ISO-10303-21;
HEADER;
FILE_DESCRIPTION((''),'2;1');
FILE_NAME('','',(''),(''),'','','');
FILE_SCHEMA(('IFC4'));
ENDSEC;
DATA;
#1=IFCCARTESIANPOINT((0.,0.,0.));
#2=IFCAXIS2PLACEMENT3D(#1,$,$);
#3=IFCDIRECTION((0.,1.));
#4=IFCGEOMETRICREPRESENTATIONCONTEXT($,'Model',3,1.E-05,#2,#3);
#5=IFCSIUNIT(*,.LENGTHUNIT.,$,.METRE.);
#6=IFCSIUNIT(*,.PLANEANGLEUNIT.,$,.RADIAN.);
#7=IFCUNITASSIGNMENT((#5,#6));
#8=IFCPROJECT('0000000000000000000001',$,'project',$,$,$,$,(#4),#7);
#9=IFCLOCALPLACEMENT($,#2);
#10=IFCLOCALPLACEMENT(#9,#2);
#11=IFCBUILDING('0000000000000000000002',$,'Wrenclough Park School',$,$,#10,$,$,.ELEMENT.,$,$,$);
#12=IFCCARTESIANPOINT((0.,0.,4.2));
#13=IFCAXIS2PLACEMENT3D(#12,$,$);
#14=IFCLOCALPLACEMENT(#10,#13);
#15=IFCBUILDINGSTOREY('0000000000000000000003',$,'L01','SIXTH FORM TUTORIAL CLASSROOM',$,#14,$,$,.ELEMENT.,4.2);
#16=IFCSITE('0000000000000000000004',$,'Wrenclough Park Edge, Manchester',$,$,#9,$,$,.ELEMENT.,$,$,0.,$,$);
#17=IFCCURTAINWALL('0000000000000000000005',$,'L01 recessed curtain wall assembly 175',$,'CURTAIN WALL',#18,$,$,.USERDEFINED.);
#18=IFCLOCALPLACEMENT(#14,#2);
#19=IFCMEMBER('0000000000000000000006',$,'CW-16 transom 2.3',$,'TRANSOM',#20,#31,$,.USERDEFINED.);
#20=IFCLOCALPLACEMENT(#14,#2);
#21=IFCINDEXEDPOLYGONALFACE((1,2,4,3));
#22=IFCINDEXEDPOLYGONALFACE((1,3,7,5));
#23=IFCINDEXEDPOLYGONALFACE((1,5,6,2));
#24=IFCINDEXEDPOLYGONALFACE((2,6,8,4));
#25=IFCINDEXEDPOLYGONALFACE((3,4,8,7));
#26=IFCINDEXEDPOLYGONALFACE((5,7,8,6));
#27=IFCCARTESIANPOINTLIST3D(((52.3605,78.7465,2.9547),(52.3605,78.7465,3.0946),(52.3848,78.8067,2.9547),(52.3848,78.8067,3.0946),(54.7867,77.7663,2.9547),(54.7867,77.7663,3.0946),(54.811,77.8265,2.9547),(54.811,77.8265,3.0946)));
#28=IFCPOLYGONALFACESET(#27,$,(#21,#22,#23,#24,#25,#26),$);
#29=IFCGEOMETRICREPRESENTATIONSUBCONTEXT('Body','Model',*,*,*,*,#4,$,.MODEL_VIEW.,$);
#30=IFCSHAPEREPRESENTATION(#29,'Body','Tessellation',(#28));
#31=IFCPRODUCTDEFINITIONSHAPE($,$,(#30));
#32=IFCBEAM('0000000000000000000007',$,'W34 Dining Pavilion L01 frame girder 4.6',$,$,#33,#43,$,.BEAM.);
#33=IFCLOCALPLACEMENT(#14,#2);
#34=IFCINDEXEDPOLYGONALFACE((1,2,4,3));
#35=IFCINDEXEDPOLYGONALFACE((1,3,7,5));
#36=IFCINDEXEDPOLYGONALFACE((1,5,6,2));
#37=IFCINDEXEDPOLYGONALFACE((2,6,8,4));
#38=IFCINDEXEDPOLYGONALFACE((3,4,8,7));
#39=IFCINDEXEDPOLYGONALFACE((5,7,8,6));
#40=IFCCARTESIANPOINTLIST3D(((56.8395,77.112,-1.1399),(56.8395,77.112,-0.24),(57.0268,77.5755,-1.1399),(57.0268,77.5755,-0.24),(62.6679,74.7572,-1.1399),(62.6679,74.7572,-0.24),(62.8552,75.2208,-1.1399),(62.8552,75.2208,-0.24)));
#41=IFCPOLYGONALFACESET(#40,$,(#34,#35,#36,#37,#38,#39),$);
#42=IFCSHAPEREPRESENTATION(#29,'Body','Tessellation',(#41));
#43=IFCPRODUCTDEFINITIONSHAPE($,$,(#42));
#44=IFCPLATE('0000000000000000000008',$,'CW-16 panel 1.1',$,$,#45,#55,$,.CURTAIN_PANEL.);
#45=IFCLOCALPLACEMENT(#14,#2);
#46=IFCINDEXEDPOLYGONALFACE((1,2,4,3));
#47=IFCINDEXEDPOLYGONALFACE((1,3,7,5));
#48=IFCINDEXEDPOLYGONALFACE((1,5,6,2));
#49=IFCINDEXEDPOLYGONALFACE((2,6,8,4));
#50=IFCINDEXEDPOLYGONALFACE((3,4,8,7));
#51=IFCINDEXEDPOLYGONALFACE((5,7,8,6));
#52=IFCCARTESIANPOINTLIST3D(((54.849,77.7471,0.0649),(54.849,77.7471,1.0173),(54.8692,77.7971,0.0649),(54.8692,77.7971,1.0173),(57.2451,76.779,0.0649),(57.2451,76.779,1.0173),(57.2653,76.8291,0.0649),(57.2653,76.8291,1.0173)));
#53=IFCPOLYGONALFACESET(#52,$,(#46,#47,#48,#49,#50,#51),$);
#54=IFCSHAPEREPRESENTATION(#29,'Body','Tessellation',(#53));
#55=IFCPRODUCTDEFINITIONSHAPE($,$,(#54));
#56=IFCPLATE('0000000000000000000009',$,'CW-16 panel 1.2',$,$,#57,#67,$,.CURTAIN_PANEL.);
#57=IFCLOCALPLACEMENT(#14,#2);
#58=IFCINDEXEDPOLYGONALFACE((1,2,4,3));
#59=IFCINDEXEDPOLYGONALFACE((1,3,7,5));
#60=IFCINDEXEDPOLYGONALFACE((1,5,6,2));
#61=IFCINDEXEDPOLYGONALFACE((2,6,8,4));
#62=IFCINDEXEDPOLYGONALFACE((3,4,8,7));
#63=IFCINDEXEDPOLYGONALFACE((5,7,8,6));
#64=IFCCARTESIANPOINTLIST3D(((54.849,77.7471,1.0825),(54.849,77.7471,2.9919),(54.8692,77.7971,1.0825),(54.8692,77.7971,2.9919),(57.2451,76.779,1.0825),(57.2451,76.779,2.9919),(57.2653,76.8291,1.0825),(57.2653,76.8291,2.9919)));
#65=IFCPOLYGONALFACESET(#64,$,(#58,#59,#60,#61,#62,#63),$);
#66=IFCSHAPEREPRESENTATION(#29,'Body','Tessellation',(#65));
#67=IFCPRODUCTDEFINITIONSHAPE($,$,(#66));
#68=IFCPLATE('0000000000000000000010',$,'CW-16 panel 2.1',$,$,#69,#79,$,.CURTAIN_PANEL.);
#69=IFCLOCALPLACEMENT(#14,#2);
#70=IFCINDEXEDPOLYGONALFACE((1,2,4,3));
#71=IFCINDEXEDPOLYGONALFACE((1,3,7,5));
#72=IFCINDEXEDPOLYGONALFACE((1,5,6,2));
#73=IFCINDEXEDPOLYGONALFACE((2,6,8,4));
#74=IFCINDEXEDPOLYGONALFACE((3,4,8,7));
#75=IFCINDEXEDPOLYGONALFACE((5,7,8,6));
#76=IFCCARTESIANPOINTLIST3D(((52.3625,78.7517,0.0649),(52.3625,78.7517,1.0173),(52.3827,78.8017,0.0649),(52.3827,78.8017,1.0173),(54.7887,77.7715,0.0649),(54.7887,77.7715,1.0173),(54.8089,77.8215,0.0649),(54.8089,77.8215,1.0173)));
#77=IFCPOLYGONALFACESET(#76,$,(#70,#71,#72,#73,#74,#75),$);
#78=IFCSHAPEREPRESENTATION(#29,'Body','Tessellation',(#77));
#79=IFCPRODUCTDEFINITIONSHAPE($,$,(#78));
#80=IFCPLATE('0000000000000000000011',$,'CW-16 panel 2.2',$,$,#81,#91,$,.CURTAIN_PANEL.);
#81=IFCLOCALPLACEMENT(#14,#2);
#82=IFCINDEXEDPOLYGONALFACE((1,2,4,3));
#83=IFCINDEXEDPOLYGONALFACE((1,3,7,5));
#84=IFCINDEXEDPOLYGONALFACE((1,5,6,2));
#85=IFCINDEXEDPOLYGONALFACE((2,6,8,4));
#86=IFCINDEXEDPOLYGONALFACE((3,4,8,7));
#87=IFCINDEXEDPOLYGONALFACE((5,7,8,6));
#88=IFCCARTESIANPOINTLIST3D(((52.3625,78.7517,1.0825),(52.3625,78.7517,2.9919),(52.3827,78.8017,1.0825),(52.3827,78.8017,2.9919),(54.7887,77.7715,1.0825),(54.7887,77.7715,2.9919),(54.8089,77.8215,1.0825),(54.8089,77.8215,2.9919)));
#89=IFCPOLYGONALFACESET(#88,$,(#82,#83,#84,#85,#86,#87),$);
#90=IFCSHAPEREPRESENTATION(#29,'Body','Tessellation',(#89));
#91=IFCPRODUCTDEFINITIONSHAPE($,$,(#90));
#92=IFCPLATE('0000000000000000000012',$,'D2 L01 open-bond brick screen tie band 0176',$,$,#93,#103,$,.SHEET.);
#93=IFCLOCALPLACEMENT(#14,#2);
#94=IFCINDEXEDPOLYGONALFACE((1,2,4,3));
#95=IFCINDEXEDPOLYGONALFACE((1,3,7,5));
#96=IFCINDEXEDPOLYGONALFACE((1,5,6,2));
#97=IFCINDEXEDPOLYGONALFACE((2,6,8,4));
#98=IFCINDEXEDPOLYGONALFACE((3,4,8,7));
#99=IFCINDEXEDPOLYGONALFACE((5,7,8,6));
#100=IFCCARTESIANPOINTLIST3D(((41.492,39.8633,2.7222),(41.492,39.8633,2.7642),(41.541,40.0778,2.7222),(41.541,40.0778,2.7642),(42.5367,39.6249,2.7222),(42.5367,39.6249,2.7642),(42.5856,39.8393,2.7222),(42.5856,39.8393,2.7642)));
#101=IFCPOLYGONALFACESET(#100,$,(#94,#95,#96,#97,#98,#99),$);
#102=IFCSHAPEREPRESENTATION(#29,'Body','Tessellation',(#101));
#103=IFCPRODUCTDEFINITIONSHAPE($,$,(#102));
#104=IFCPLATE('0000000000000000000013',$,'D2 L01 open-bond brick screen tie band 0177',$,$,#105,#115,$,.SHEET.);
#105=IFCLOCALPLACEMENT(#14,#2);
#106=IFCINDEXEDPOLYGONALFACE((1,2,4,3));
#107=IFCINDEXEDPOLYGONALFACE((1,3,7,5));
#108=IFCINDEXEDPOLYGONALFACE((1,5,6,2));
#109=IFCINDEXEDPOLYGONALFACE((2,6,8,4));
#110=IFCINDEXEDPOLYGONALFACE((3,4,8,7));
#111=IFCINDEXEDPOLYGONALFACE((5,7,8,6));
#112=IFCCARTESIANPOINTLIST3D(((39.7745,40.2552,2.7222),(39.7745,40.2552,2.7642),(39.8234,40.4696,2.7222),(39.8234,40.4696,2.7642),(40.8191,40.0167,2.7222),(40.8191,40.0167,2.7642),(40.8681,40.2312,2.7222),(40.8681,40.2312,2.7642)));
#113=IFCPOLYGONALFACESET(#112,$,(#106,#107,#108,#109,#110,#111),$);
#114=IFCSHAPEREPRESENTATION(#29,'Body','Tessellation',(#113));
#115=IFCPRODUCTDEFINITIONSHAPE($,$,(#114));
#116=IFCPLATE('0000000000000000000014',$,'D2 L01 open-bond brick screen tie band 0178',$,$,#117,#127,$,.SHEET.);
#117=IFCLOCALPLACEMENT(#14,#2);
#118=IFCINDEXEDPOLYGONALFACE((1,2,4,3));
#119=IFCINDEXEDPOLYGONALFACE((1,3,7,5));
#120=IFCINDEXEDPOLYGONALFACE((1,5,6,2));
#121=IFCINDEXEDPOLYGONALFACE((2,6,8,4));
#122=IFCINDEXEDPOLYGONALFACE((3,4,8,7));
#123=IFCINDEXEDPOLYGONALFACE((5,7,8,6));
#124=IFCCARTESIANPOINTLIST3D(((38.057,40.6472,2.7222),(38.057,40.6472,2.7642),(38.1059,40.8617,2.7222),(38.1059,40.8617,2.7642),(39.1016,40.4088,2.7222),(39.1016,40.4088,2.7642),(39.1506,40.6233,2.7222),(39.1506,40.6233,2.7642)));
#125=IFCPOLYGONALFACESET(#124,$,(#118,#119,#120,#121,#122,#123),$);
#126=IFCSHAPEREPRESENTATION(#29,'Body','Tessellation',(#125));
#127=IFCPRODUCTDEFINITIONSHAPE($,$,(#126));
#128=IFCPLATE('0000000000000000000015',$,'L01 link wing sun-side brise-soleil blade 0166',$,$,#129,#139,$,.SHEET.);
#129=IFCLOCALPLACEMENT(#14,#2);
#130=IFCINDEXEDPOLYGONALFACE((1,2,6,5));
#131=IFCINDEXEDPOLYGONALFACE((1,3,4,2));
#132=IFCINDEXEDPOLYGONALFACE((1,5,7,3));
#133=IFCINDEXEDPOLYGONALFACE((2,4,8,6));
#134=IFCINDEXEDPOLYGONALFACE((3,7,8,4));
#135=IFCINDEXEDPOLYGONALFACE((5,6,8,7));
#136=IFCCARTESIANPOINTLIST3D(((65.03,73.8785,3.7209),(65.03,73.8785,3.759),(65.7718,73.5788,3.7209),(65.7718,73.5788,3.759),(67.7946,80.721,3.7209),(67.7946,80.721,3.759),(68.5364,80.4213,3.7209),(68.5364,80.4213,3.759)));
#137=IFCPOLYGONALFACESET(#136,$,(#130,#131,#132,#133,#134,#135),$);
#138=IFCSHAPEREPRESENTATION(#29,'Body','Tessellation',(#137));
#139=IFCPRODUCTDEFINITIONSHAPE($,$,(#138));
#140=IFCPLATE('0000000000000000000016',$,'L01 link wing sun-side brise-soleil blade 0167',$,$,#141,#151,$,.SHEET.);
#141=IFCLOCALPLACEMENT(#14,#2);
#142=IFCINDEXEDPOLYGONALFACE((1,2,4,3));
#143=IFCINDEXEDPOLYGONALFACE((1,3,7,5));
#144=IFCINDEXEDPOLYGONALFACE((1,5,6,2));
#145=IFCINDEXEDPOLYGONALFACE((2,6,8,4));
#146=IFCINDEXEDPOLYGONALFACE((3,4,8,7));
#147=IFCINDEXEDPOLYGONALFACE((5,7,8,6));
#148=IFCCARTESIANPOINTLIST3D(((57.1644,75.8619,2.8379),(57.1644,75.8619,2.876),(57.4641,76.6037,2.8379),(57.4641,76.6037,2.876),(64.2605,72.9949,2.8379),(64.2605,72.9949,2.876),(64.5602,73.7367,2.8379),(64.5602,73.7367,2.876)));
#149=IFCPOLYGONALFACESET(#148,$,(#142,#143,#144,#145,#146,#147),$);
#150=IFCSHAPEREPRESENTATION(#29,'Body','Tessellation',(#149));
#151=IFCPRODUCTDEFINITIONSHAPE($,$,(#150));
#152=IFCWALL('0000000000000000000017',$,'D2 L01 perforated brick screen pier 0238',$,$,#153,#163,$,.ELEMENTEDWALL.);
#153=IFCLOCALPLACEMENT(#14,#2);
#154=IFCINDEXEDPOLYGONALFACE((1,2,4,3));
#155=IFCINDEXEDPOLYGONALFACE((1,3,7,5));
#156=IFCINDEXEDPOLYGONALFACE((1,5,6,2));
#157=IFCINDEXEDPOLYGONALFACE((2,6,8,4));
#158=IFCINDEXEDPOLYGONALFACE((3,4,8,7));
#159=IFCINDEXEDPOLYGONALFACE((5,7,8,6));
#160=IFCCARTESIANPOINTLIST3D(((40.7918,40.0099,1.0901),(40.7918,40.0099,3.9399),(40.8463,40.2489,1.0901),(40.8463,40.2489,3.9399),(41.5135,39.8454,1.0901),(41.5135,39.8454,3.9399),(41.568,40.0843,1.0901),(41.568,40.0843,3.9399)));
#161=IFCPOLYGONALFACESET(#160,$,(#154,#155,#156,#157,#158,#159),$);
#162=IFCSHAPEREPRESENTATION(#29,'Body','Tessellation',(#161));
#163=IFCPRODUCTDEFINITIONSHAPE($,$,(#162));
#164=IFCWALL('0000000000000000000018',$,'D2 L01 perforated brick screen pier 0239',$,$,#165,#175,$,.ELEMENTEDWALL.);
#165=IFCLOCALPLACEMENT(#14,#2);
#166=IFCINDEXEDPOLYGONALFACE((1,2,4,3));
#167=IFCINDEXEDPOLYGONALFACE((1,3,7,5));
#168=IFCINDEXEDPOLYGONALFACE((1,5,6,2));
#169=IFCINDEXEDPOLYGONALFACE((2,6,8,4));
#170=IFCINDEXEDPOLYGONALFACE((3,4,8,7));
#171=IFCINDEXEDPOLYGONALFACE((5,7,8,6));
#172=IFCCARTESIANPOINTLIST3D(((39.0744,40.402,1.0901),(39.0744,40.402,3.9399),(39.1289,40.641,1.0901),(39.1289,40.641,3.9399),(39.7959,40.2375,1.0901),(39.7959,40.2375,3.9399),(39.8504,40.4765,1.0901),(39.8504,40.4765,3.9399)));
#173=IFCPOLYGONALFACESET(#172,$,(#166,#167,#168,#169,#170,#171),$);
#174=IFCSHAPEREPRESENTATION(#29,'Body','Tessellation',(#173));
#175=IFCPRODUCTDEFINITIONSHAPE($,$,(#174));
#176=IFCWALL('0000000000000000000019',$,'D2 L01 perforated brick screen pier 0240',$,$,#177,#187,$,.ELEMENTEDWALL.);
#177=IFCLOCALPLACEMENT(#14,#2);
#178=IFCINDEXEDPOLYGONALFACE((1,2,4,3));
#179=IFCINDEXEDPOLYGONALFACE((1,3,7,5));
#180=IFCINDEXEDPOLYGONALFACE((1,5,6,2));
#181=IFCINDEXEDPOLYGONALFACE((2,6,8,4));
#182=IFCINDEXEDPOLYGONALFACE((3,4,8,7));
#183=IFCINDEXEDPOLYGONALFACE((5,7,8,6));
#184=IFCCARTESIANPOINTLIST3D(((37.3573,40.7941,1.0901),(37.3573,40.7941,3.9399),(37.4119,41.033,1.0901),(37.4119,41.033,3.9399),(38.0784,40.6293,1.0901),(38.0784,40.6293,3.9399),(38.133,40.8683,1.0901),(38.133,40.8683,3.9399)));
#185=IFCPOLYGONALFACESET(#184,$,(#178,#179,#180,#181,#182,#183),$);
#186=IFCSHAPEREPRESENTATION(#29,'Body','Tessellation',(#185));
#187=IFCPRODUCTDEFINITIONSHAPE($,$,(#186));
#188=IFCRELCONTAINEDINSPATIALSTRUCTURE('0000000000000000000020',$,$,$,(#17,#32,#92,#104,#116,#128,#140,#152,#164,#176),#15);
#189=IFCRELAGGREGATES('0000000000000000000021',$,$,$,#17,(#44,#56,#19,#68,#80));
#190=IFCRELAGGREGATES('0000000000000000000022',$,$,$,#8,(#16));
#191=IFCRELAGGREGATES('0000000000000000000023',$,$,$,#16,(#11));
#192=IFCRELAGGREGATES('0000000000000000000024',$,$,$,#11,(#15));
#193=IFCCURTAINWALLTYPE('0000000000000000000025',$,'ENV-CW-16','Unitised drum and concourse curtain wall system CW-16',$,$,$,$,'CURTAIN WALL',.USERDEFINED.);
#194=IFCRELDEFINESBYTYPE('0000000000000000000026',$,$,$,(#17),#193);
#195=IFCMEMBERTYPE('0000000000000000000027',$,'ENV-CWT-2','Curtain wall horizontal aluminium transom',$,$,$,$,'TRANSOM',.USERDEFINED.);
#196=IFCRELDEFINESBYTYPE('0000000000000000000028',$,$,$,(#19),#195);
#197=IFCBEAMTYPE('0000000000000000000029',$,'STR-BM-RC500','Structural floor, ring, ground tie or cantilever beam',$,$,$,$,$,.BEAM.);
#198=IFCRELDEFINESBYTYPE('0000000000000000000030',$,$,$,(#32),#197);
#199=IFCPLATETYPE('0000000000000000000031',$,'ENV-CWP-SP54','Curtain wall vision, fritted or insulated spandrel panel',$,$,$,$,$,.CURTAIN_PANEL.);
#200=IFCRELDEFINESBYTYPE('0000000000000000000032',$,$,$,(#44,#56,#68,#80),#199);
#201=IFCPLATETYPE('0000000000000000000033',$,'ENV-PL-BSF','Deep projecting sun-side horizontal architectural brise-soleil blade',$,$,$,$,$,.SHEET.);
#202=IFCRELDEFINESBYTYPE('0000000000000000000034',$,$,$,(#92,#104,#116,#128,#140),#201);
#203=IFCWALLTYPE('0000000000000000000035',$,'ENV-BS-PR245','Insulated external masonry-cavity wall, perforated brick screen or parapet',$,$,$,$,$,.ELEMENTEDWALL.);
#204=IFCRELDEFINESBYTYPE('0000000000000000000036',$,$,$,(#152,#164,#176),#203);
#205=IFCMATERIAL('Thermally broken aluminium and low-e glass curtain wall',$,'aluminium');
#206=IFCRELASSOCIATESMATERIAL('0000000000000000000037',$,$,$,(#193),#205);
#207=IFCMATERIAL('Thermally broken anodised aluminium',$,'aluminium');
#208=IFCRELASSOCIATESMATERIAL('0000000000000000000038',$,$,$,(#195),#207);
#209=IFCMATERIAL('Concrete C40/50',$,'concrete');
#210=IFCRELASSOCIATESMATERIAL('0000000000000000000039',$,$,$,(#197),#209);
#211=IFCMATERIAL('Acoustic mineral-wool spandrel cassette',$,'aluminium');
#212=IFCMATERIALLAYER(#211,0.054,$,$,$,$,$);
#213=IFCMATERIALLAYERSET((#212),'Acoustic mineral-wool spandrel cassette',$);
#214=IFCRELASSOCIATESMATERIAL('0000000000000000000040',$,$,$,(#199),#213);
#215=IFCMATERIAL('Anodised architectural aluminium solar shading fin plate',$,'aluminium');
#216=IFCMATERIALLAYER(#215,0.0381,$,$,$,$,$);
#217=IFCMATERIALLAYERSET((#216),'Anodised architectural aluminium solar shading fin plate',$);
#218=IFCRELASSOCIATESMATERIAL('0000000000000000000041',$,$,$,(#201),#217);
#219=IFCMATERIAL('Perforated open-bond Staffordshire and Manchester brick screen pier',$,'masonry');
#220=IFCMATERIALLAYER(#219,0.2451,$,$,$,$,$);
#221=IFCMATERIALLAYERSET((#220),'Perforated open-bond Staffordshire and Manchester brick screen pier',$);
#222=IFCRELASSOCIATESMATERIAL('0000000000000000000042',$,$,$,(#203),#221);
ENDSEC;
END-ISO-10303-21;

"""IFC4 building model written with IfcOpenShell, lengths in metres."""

from ifc_helpers import new_model, si_unit, direction, frame, frame_2d, origin, origin_2d, place, context, subcontext, project, spatial, rectangle, extrude, material, layer, layer_set, material_profile, profile_set, type_object, element, aggregate, save


model = new_model("IFC4")

# Units and contexts
model_context = context("Model", 3, precision=1e-05, world=origin(), true_north=direction((0.0, 1.0)))
body_context = subcontext(model_context, "Body", "Model", "MODEL_VIEW")
ifc_project = project(units=[si_unit("LENGTHUNIT", "METRE"), si_unit("PLANEANGLEUNIT", "RADIAN")], contexts=[model_context])

# Site, building, storey
site_placement = place(None, origin())
site = spatial("IfcSite", under=ifc_project, at=site_placement, Name="Wrenclough Park Edge, Manchester", CompositionType="ELEMENT", RefElevation=0.0)
building_placement = place(site_placement, origin())
building = spatial("IfcBuilding", under=site, at=building_placement, Name="Wrenclough Park School", CompositionType="ELEMENT")
storey_placement = place(building_placement, frame((0.0, 0.0, 4.2)))
storey = spatial("IfcBuildingStorey", under=building, at=storey_placement, Name="L01", Description="SIXTH FORM TUTORIAL CLASSROOM", CompositionType="ELEMENT", Elevation=4.2)

# Curtain wall, member
ifc_material_1 = material(Name="Thermally broken aluminium and low-e glass curtain wall", Category="aluminium")
curtain_wall_type = type_object("IfcCurtainWallType", Name="ENV-CW-16", Description="Unitised drum and concourse curtain wall system CW-16", ElementType="CURTAIN WALL", PredefinedType="USERDEFINED", material=ifc_material_1)
curtain_wall_placement = place(storey_placement, origin())
curtain_wall = element("IfcCurtainWall", 1, at=curtain_wall_placement, inside=storey, type_object=curtain_wall_type, Name="L01 recessed curtain wall assembly 175", ObjectType="CURTAIN WALL", PredefinedType="USERDEFINED")
ifc_material_2 = material(Name="Thermally broken anodised aluminium", Category="aluminium")
ifc_material_profile_1 = material_profile(ifc_material_2, rectangle(XDim=0.0649, YDim=0.1399, at=origin_2d()), Name="AL TRANSOM 65x140")
ifc_profile_set_1 = profile_set([ifc_material_profile_1], Name="Thermally broken anodised aluminium")
member_type_1 = type_object("IfcMemberType", Name="ENV-CWT-2", Description="Curtain wall horizontal aluminium transom", ElementType="TRANSOM", PredefinedType="USERDEFINED", material=ifc_profile_set_1)
member_1_placement = place(storey_placement, frame((54.7988, 77.7964, 3.0247), z_axis=(-0.927191, 0.37459, 0.0), x_axis=(-0.37459, -0.927191, 0.0)))
member_1 = element("IfcMember", 2, at=member_1_placement, type_object=member_type_1, Name="CW-16 transom 2.3", ObjectType="TRANSOM", PredefinedType="USERDEFINED", context=body_context, shape_type="SweptSolid", body=[
    extrude(rectangle(XDim=0.0649, YDim=0.1399, at=origin_2d()), origin(), (0.0, 0.0, 1.0), 2.6167),
])

# Beam
ifc_material_3 = material(Name="Concrete C40/50", Category="concrete")
ifc_material_profile_2 = material_profile(ifc_material_3, rectangle(XDim=0.5, YDim=0.8999, at=origin_2d()), Name="RC BEAM 500x900")
ifc_profile_set_2 = profile_set([ifc_material_profile_2], Name="Concrete C40/50")
beam_type = type_object("IfcBeamType", Name="STR-BM-RC500", Description="Structural floor, ring, ground tie or cantilever beam", PredefinedType="BEAM", material=ifc_profile_set_2)
beam_placement = place(storey_placement, frame((56.9331, 77.3438, -0.6899), z_axis=(0.927188, -0.374596, 0.0), x_axis=(0.374596, 0.927188, 0.0)))
element("IfcBeam", 3, at=beam_placement, inside=storey, type_object=beam_type, Name="W34 Dining Pavilion L01 frame girder 4.6", PredefinedType="BEAM", context=body_context, shape_type="SweptSolid", body=[
    extrude(rectangle(XDim=0.5, YDim=0.8999, at=origin_2d()), origin(), (0.0, 0.0, 1.0), 6.2861),
])

# Plates
ifc_material_4 = material(Name="Acoustic mineral-wool spandrel cassette", Category="aluminium")
ifc_layer_1 = layer(ifc_material_4, 0.054)
ifc_layer_set_1 = layer_set([ifc_layer_1], Name="Acoustic mineral-wool spandrel cassette")
plate_type_1 = type_object("IfcPlateType", Name="ENV-CWP-SP54", Description="Curtain wall vision, fritted or insulated spandrel panel", PredefinedType="CURTAIN_PANEL", material=ifc_layer_set_1)
plate_1_placement = place(storey_placement, frame((56.0571, 77.2881, 0.0649), z_axis=(0.0, 0.0, 1.0), x_axis=(-0.927185, 0.374603, 0.0)))
plate_1 = element("IfcPlate", 4, at=plate_1_placement, type_object=plate_type_1, Name="CW-16 panel 1.1", PredefinedType="CURTAIN_PANEL", context=body_context, shape_type="SweptSolid", body=[
    extrude(rectangle(XDim=2.5842, YDim=0.054, at=origin_2d()), origin(), (0.0, 0.0, 1.0), 0.9524),
])
plate_2_placement = place(storey_placement, frame((56.0571, 77.2881, 1.0825), z_axis=(0.0, 0.0, 1.0), x_axis=(-0.927185, 0.374603, 0.0)))
plate_2 = element("IfcPlate", 5, at=plate_2_placement, type_object=plate_type_1, Name="CW-16 panel 1.2", PredefinedType="CURTAIN_PANEL", context=body_context, shape_type="SweptSolid", body=[
    extrude(rectangle(XDim=2.5842, YDim=0.054, at=origin_2d()), origin(), (0.0, 0.0, 1.0), 1.9094),
])
plate_3_placement = place(storey_placement, frame((53.5857, 78.2866, 0.0649), z_axis=(0.0, 0.0, 1.0), x_axis=(-0.927185, 0.374603, 0.0)))
plate_3 = element("IfcPlate", 6, at=plate_3_placement, type_object=plate_type_1, Name="CW-16 panel 2.1", PredefinedType="CURTAIN_PANEL", context=body_context, shape_type="SweptSolid", body=[
    extrude(rectangle(XDim=2.6167, YDim=0.054, at=origin_2d()), origin(), (0.0, 0.0, 1.0), 0.9524),
])
plate_4_placement = place(storey_placement, frame((53.5857, 78.2866, 1.0825), z_axis=(0.0, 0.0, 1.0), x_axis=(-0.927185, 0.374603, 0.0)))
plate_4 = element("IfcPlate", 7, at=plate_4_placement, type_object=plate_type_1, Name="CW-16 panel 2.2", PredefinedType="CURTAIN_PANEL", context=body_context, shape_type="SweptSolid", body=[
    extrude(rectangle(XDim=2.6167, YDim=0.054, at=origin_2d()), origin(), (0.0, 0.0, 1.0), 1.9094),
])
aggregate(curtain_wall, [plate_1, plate_2, member_1, plate_3, plate_4])

# Plates
ifc_material_5 = material(Name="Anodised architectural aluminium solar shading fin plate", Category="aluminium")
ifc_layer_2 = layer(ifc_material_5, 0.0381)
ifc_layer_set_2 = layer_set([ifc_layer_2], Name="Anodised architectural aluminium solar shading fin plate")
plate_type_2 = type_object("IfcPlateType", Name="ENV-PL-BSF", Description="Deep projecting sun-side horizontal architectural brise-soleil blade", PredefinedType="SHEET", material=ifc_layer_set_2)
for number, where, z_axis, x_axis, name in (
    (8, (42.0388, 39.8513, 2.7222), (0.0, 0.0, 1.0), (-0.974927, 0.222526, 0.0), "D2 L01 open-bond brick screen tie band 0176"),
    (9, (40.3213, 40.2432, 2.7222), (0.0, 0.0, 1.0), (-0.974927, 0.222526, 0.0), "D2 L01 open-bond brick screen tie band 0177"),
    (10, (38.6038, 40.6353, 2.7222), (0.0, 0.0, 1.0), (-0.974927, 0.222526, 0.0), "D2 L01 open-bond brick screen tie band 0178"),
):
    element("IfcPlate", number, at=place(storey_placement, frame(where, z_axis=z_axis, x_axis=x_axis)), inside=storey, type_object=plate_type_2, Name=name, PredefinedType="SHEET", context=body_context, shape_type="SweptSolid", body=[
        extrude(rectangle(XDim=1.0715, YDim=0.22, at=origin_2d()), origin(), (0.0, 0.0, 1.0), 0.042),
    ])
plate_5_placement = place(storey_placement, frame((66.7832, 77.1499, 3.7209), z_axis=(0.0, 0.0, 1.0), x_axis=(-0.374602, -0.927186, 0.0)))
element("IfcPlate", 11, at=plate_5_placement, inside=storey, type_object=plate_type_2, Name="L01 link wing sun-side brise-soleil blade 0166", PredefinedType="SHEET", context=body_context, shape_type="SweptSolid", body=[
    extrude(rectangle(XDim=7.3799, YDim=0.8, at=origin_2d()), origin(), (0.0, 0.0, 1.0), 0.0381),
])
plate_6_placement = place(storey_placement, frame((60.8623, 74.7993, 2.8379), z_axis=(0.0, 0.0, 1.0), x_axis=(-0.927185, 0.374604, 0.0)))
element("IfcPlate", 12, at=plate_6_placement, inside=storey, type_object=plate_type_2, Name="L01 link wing sun-side brise-soleil blade 0167", PredefinedType="SHEET", context=body_context, shape_type="SweptSolid", body=[
    extrude(rectangle(XDim=7.6533, YDim=0.8, at=origin_2d()), origin(), (0.0, 0.0, 1.0), 0.0381),
])

# Walls
ifc_material_6 = material(Name="Perforated open-bond Staffordshire and Manchester brick screen pier", Category="masonry")
ifc_layer_3 = layer(ifc_material_6, 0.2451)
ifc_layer_set_3 = layer_set([ifc_layer_3], Name="Perforated open-bond Staffordshire and Manchester brick screen pier")
wall_type_1 = type_object("IfcWallType", Name="ENV-BS-PR245", Description="Insulated external masonry-cavity wall, perforated brick screen or parapet", PredefinedType="ELEMENTEDWALL", material=ifc_layer_set_3)
wall_1_placement = place(storey_placement, frame((41.5408, 39.9648, 1.0901), z_axis=(0.0, 0.0, 1.0), x_axis=(-0.974977, 0.222305, 0.0)))
element("IfcWall", 13, at=wall_1_placement, inside=storey, type_object=wall_type_1, Name="D2 L01 perforated brick screen pier 0238", PredefinedType="ELEMENTEDWALL", context=body_context, shape_type="SweptSolid", body=[
    extrude(rectangle(XDim=0.7402, YDim=0.2451, at=frame_2d((0.3701, 0.0))), origin(), (0.0, 0.0, 1.0), 2.8499),
])
wall_2_placement = place(storey_placement, frame((39.8232, 40.3569, 1.0901), z_axis=(0.0, 0.0, 1.0), x_axis=(-0.974961, 0.222377, 0.0)))
element("IfcWall", 14, at=wall_2_placement, inside=storey, type_object=wall_type_1, Name="D2 L01 perforated brick screen pier 0239", PredefinedType="ELEMENTEDWALL", context=body_context, shape_type="SweptSolid", body=[
    extrude(rectangle(XDim=0.74, YDim=0.2451, at=frame_2d((0.3701, 0.0))), origin(), (0.0, 0.0, 1.0), 2.8499),
])
wall_3_placement = place(storey_placement, frame((38.1057, 40.7488, 1.0901), z_axis=(0.0, 0.0, 1.0), x_axis=(-0.974873, 0.222762, 0.0)))
element("IfcWall", 15, at=wall_3_placement, inside=storey, type_object=wall_type_1, Name="D2 L01 perforated brick screen pier 0240", PredefinedType="ELEMENTEDWALL", context=body_context, shape_type="SweptSolid", body=[
    extrude(rectangle(XDim=0.7397, YDim=0.2451, at=frame_2d((0.3699, 0.0))), origin(), (0.0, 0.0, 1.0), 2.8499),
])

save(model, "model.ifc")
